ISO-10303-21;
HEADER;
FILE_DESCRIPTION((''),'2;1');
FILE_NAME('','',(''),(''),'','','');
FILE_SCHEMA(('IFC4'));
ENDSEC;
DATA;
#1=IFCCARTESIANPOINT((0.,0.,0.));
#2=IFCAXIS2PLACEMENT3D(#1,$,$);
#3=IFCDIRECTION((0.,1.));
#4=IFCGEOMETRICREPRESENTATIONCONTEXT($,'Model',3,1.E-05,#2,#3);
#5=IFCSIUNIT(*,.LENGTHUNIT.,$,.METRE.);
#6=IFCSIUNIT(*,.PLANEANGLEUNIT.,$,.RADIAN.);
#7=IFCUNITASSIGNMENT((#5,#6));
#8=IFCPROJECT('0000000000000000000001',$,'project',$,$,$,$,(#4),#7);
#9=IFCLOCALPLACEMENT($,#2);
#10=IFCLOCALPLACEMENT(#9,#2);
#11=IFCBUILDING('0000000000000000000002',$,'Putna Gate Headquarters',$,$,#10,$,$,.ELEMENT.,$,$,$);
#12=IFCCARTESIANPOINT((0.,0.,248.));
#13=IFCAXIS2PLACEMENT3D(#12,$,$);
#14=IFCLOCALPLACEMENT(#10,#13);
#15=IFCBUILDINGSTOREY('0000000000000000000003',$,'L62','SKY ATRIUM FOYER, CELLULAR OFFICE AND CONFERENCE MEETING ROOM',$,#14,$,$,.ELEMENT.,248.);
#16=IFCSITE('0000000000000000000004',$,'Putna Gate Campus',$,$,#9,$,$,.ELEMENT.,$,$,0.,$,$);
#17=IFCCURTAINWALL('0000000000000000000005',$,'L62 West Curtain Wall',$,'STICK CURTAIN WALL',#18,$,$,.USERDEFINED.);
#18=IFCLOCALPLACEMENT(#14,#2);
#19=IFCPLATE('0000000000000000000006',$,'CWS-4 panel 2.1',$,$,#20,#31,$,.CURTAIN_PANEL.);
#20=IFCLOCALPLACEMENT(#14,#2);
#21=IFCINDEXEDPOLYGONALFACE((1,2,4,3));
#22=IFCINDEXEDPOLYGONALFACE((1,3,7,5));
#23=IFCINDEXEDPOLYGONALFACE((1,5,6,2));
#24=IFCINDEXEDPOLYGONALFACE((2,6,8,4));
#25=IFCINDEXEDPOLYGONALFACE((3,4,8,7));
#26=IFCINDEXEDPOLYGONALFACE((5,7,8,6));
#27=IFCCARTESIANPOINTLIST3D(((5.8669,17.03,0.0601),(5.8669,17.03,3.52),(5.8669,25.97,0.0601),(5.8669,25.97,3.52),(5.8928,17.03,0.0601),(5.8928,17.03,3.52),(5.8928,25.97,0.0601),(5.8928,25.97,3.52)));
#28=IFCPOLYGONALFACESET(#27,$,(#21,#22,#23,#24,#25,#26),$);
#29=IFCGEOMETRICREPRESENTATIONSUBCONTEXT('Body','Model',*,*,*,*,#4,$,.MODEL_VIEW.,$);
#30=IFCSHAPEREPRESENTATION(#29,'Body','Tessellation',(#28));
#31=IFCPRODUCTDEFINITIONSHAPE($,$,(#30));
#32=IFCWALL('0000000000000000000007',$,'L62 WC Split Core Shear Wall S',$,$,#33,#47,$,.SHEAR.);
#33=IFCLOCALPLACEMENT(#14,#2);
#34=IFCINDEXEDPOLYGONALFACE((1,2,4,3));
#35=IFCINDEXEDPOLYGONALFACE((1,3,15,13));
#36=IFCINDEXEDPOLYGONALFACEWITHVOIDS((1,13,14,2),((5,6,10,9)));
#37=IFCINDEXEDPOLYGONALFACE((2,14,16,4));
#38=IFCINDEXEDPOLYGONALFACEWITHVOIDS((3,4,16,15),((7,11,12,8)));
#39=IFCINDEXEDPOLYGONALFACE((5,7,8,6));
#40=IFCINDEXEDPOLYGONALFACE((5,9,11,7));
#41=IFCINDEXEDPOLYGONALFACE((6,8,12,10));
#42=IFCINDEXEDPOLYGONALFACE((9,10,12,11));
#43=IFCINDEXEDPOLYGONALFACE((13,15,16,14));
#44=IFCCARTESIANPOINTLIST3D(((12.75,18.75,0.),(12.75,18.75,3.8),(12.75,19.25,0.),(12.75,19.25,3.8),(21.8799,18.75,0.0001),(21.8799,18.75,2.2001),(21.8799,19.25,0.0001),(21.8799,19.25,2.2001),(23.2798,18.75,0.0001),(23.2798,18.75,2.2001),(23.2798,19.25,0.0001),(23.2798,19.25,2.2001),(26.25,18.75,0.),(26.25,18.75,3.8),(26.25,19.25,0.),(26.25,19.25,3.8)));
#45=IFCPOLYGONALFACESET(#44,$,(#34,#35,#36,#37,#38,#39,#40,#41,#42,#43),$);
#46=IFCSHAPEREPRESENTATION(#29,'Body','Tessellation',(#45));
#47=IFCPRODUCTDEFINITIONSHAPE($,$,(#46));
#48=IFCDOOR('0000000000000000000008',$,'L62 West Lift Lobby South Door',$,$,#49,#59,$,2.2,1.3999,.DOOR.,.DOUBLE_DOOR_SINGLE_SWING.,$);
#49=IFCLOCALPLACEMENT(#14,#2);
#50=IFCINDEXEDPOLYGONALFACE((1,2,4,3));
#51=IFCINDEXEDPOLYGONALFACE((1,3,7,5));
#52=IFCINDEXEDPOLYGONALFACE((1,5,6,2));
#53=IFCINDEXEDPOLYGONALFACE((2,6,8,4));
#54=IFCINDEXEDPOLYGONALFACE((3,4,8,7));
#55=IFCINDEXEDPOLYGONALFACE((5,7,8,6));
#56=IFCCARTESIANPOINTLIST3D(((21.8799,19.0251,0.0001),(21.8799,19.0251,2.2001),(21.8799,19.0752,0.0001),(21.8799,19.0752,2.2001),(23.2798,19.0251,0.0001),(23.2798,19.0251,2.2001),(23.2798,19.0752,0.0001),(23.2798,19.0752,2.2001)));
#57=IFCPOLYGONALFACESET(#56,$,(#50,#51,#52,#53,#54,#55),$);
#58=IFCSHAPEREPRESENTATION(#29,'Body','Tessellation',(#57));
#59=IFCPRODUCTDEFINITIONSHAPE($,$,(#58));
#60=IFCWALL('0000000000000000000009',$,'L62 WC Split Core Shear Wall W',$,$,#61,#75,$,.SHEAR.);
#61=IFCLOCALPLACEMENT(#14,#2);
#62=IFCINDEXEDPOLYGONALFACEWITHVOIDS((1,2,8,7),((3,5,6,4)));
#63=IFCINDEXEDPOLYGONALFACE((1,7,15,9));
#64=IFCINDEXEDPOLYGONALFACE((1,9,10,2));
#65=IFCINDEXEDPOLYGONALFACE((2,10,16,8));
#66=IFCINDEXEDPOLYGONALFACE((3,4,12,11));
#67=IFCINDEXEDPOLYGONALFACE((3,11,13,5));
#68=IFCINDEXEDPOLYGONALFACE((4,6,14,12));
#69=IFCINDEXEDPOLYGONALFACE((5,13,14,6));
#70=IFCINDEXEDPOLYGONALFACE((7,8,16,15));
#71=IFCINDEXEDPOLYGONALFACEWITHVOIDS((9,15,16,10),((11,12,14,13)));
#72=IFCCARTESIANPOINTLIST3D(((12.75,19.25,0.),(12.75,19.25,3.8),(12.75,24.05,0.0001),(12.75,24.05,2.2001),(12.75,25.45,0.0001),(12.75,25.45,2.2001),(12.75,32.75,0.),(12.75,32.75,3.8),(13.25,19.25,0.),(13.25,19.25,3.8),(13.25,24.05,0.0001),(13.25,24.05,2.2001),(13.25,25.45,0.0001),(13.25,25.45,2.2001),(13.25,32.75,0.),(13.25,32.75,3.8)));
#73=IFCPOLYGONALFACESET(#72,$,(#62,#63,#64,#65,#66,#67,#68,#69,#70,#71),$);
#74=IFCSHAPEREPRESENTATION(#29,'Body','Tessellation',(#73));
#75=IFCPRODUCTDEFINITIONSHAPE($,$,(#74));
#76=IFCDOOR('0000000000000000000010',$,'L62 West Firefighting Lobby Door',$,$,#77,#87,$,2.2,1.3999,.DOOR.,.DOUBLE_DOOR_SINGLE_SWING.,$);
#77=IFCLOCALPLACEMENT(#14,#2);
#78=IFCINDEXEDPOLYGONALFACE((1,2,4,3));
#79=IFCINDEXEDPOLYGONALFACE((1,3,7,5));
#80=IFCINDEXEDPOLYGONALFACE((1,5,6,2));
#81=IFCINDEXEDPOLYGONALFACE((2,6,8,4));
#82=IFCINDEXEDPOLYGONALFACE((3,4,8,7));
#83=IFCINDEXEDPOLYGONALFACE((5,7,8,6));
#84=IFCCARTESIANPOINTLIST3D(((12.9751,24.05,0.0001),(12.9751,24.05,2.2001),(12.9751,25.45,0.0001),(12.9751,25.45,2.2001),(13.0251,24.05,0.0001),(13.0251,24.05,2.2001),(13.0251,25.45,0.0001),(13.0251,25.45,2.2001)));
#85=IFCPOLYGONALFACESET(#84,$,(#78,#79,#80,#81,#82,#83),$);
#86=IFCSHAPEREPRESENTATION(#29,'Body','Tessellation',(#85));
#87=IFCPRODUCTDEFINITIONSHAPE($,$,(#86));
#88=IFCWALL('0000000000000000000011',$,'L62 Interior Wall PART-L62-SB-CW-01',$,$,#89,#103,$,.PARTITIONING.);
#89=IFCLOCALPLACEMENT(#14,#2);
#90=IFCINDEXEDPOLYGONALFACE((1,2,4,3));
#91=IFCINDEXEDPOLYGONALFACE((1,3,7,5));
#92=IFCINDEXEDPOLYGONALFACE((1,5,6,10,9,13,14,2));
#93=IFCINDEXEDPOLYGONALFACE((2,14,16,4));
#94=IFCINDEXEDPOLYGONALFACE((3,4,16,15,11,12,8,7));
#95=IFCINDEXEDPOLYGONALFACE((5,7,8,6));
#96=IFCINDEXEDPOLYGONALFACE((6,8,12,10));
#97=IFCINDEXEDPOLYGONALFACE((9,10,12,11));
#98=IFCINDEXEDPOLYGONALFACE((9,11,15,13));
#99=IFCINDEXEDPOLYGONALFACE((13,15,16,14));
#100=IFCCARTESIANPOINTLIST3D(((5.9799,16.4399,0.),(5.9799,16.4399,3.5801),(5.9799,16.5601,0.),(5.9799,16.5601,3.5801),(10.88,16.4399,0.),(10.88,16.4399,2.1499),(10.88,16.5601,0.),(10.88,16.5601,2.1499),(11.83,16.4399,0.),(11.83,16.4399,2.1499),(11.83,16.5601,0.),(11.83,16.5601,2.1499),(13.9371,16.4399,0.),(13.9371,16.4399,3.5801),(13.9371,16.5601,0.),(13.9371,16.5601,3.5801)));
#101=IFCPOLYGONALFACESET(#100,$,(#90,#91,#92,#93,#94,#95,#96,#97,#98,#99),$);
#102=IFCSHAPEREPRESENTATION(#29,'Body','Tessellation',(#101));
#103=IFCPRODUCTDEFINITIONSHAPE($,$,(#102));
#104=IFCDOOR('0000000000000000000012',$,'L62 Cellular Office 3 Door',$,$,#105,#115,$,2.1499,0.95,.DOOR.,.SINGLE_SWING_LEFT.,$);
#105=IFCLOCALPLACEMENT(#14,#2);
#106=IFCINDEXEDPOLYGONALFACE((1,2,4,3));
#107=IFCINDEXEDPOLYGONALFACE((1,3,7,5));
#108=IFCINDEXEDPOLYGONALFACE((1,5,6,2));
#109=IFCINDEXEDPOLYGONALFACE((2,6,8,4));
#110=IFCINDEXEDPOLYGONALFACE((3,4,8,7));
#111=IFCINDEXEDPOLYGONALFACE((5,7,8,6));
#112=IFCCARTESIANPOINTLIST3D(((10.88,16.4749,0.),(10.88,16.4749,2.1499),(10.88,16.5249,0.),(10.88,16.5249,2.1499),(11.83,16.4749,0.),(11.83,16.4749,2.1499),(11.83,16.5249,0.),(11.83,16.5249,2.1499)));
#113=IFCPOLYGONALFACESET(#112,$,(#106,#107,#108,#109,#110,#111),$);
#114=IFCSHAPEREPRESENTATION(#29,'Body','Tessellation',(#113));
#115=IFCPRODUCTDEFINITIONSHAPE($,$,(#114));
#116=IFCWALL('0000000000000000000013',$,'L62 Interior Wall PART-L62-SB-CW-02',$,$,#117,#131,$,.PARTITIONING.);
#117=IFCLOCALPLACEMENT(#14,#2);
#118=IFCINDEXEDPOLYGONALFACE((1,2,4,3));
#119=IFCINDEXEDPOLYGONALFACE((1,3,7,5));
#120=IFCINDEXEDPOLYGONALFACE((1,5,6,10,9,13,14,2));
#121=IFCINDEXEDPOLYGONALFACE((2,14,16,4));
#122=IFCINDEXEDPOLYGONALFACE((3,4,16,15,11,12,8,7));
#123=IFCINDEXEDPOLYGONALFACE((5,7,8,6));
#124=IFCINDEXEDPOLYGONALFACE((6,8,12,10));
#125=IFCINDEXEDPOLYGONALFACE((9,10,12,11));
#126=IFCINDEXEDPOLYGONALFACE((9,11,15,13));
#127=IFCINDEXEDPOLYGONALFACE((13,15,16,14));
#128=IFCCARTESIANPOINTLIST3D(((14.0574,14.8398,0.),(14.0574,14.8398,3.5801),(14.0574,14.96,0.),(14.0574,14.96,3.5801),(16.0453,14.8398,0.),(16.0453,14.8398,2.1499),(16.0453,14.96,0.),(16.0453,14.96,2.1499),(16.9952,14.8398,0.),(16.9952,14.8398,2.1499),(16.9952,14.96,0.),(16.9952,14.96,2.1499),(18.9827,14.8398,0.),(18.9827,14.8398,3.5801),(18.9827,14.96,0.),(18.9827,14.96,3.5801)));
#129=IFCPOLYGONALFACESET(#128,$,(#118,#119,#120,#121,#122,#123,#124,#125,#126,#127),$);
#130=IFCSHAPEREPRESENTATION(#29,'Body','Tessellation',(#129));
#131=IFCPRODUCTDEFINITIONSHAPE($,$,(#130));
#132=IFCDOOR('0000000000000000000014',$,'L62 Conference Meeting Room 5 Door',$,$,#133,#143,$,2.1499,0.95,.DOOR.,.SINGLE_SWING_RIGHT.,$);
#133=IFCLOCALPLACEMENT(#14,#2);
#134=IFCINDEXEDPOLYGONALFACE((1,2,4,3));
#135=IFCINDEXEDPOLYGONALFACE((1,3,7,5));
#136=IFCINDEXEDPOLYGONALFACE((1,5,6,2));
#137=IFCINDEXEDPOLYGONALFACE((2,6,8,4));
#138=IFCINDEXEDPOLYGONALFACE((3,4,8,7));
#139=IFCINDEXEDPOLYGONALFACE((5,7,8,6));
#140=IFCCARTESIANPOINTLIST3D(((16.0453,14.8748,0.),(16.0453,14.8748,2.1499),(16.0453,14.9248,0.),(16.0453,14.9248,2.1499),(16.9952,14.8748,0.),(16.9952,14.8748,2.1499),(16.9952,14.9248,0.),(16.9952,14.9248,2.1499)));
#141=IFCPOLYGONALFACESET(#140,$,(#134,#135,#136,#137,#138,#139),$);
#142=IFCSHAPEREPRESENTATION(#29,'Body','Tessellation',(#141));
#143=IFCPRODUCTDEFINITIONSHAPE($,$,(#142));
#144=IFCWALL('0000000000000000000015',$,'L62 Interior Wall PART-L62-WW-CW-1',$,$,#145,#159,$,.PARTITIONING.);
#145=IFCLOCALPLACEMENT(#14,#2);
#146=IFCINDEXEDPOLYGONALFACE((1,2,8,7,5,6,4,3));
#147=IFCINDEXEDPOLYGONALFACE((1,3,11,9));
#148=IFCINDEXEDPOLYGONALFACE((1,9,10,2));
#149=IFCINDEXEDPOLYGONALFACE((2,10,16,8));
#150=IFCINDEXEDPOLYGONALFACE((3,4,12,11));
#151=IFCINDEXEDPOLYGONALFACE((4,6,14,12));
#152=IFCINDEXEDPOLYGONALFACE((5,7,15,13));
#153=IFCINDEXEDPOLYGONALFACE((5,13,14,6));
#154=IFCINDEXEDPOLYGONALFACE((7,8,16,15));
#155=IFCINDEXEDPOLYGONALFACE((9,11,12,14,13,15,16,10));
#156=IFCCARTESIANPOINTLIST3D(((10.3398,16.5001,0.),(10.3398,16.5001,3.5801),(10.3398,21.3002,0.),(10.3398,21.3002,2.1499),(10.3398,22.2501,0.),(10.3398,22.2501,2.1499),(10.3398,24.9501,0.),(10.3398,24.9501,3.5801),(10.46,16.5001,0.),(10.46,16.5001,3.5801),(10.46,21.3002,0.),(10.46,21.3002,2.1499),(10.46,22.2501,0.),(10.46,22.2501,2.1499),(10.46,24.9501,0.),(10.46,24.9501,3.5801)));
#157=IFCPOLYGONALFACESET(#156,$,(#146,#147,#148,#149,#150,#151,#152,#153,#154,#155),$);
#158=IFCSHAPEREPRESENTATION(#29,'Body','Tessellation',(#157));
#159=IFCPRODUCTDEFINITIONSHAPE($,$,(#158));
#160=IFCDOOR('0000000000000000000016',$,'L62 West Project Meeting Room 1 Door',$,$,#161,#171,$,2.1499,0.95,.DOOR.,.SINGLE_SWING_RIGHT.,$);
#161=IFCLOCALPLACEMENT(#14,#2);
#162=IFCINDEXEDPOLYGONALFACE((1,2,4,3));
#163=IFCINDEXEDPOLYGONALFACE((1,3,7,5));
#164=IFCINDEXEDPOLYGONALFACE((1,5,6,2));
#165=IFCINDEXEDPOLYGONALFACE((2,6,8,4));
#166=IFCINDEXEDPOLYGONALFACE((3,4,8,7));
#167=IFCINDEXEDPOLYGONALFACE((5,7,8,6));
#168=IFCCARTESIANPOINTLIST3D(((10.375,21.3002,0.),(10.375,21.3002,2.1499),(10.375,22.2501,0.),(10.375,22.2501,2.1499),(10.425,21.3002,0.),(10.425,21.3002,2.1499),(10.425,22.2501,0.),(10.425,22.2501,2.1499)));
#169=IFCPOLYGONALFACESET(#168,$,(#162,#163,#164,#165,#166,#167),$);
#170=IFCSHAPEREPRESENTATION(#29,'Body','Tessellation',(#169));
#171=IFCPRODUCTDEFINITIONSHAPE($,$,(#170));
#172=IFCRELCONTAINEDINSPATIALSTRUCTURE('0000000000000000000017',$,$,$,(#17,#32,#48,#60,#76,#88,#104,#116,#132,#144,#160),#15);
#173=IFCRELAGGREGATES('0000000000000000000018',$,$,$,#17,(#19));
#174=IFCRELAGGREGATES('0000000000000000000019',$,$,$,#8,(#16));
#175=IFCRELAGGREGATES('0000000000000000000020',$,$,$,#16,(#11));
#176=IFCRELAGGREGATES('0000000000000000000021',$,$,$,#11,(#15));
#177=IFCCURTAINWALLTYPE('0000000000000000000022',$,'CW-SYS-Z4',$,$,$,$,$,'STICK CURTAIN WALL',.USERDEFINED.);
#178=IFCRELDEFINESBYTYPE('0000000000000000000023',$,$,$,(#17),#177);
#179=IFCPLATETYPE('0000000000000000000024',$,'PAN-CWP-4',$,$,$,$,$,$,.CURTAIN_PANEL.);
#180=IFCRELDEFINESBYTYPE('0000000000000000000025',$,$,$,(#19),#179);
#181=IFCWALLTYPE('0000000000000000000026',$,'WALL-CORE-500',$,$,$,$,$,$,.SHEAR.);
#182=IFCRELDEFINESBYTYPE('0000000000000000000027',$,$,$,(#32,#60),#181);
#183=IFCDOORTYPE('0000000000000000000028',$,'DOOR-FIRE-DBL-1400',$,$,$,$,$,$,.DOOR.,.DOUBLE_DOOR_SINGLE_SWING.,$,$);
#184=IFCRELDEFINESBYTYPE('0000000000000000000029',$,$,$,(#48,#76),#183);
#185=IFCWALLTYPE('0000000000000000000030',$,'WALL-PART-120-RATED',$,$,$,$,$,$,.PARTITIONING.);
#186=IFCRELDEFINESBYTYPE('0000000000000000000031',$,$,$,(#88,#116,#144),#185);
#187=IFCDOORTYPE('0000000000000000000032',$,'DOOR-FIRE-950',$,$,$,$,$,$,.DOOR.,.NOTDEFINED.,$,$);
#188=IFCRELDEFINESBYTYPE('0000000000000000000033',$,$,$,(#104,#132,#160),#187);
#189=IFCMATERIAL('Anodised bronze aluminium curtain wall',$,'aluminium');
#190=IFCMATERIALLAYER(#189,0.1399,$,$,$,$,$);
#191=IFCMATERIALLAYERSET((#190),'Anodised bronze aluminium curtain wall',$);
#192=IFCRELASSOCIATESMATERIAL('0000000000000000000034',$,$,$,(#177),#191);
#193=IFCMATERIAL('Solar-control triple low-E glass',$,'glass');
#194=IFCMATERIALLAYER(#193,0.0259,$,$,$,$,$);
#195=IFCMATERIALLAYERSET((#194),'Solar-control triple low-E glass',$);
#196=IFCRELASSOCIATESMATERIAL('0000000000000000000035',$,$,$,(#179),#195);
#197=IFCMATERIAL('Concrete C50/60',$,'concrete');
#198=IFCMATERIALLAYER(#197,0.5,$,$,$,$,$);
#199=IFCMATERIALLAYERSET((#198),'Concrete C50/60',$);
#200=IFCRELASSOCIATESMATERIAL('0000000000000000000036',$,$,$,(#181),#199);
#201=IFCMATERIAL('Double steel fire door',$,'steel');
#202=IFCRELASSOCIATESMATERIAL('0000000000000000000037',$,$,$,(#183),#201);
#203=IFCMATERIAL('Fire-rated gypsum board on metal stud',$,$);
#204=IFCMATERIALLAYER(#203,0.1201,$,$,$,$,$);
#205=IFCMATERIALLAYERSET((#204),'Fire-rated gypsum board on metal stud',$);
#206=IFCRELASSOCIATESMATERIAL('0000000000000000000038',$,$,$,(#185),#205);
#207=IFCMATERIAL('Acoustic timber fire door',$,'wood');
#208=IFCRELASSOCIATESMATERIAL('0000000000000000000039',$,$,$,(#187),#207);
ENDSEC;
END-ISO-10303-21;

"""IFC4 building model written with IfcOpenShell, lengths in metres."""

from ifc_helpers import new_model, si_unit, direction, frame, frame_2d, origin, origin_2d, place, context, subcontext, project, spatial, rectangle, extrude, material, layer, layer_set, type_object, element, fill, aggregate, save


model = new_model("IFC4")

# Units and contexts
model_context = context("Model", 3, precision=1e-05, world=origin(), true_north=direction((0.0, 1.0)))
body_context = subcontext(model_context, "Body", "Model", "MODEL_VIEW")
ifc_project = project(units=[si_unit("LENGTHUNIT", "METRE"), si_unit("PLANEANGLEUNIT", "RADIAN")], contexts=[model_context])

# Site, building, storey
site_placement = place(None, origin())
site = spatial("IfcSite", under=ifc_project, at=site_placement, Name="Putna Gate Campus", CompositionType="ELEMENT", RefElevation=0.0)
building_placement = place(site_placement, origin())
building = spatial("IfcBuilding", under=site, at=building_placement, Name="Putna Gate Headquarters", CompositionType="ELEMENT")
storey_placement = place(building_placement, frame((0.0, 0.0, 248.0)))
storey = spatial("IfcBuildingStorey", under=building, at=storey_placement, Name="L62", Description="SKY ATRIUM FOYER, CELLULAR OFFICE AND CONFERENCE MEETING ROOM", CompositionType="ELEMENT", Elevation=248.0)

# Curtain wall, plate
ifc_material_1 = material(Name="Anodised bronze aluminium curtain wall", Category="aluminium")
ifc_layer_1 = layer(ifc_material_1, 0.1399)
ifc_layer_set_1 = layer_set([ifc_layer_1], Name="Anodised bronze aluminium curtain wall")
curtain_wall_type = type_object("IfcCurtainWallType", Name="CW-SYS-Z4", ElementType="STICK CURTAIN WALL", PredefinedType="USERDEFINED", material=ifc_layer_set_1)
curtain_wall_placement = place(storey_placement, origin())
curtain_wall = element("IfcCurtainWall", 1, at=curtain_wall_placement, inside=storey, type_object=curtain_wall_type, Name="L62 West Curtain Wall", ObjectType="STICK CURTAIN WALL", PredefinedType="USERDEFINED")
ifc_material_2 = material(Name="Solar-control triple low-E glass", Category="glass")
ifc_layer_2 = layer(ifc_material_2, 0.0259)
ifc_layer_set_2 = layer_set([ifc_layer_2], Name="Solar-control triple low-E glass")
plate_type = type_object("IfcPlateType", Name="PAN-CWP-4", PredefinedType="CURTAIN_PANEL", material=ifc_layer_set_2)
plate_placement = place(storey_placement, frame((5.8799, 21.5, 0.0601), z_axis=(0.0, 0.0, 1.0), x_axis=(0.0, 1.0, 0.0)))
plate = element("IfcPlate", 2, at=plate_placement, type_object=plate_type, Name="CWS-4 panel 2.1", PredefinedType="CURTAIN_PANEL", context=body_context, shape_type="SweptSolid", body=[
    extrude(rectangle(XDim=8.9399, YDim=0.0259, at=origin_2d()), origin(), (0.0, 0.0, 1.0), 3.46),
])
aggregate(curtain_wall, [plate])

# Walls, openings, doors
ifc_material_3 = material(Name="Concrete C50/60", Category="concrete")
ifc_layer_3 = layer(ifc_material_3, 0.5)
ifc_layer_set_3 = layer_set([ifc_layer_3], Name="Concrete C50/60")
wall_type_1 = type_object("IfcWallType", Name="WALL-CORE-500", PredefinedType="SHEAR", material=ifc_layer_set_3)
wall_1_placement = place(storey_placement, frame((12.75, 19.0, 0.0), z_axis=(0.0, 0.0, 1.0), x_axis=(1.0, 0.0, 0.0)))
wall_1 = element("IfcWall", 3, at=wall_1_placement, inside=storey, type_object=wall_type_1, Name="L62 WC Split Core Shear Wall S", PredefinedType="SHEAR", context=body_context, shape_type="SweptSolid", body=[
    extrude(rectangle(XDim=13.5, YDim=0.5, at=frame_2d((6.75, 0.0))), origin(), (0.0, 0.0, 1.0), 3.8),
])
opening_1_placement = place(wall_1_placement, frame((9.1299, 0.0, 0.0)))
opening_1 = element("IfcOpeningElement", 4, at=opening_1_placement, cuts=wall_1, PredefinedType="OPENING", context=body_context, shape_type="SweptSolid", body=[
    extrude(rectangle(XDim=1.3999, YDim=2.2, at=frame_2d((0.7, 1.1001))), frame((0.0, 0.26, 0.0), z_axis=(0.0, -1.0, 0.0), x_axis=(1.0, 0.0, 0.0)), (0.0, 0.0, 1.0), 0.52),
])
ifc_material_4 = material(Name="Double steel fire door", Category="steel")
door_type_1 = type_object("IfcDoorType", Name="DOOR-FIRE-DBL-1400", OperationType="DOUBLE_DOOR_SINGLE_SWING", PredefinedType="DOOR", material=ifc_material_4)
door_1_placement = place(opening_1_placement, origin())
door_1 = element("IfcDoor", 5, at=door_1_placement, inside=storey, type_object=door_type_1, Name="L62 West Lift Lobby South Door", OperationType="DOUBLE_DOOR_SINGLE_SWING", OverallHeight=2.2, OverallWidth=1.3999, PredefinedType="DOOR", context=body_context, shape_type="SweptSolid", body=[
    extrude(rectangle(XDim=1.3999, YDim=2.2, at=frame_2d((0.7, 1.1001))), frame((0.0, 0.0752, 0.0), z_axis=(0.0, -1.0, 0.0), x_axis=(1.0, 0.0, 0.0)), (0.0, 0.0, 1.0), 0.05),
])
fill(opening_1, door_1)
wall_2_placement = place(storey_placement, frame((13.0, 19.25, 0.0), z_axis=(0.0, 0.0, 1.0), x_axis=(0.0, 1.0, 0.0)))
wall_2 = element("IfcWall", 6, at=wall_2_placement, inside=storey, type_object=wall_type_1, Name="L62 WC Split Core Shear Wall W", PredefinedType="SHEAR", context=body_context, shape_type="SweptSolid", body=[
    extrude(rectangle(XDim=13.5, YDim=0.5, at=frame_2d((6.75, 0.0))), origin(), (0.0, 0.0, 1.0), 3.8),
])
opening_2_placement = place(wall_2_placement, frame((4.8, 0.0, 0.0)))
opening_2 = element("IfcOpeningElement", 7, at=opening_2_placement, cuts=wall_2, PredefinedType="OPENING", context=body_context, shape_type="SweptSolid", body=[
    extrude(rectangle(XDim=1.3999, YDim=2.2, at=frame_2d((0.7, 1.1001))), frame((0.0, 0.26, 0.0), z_axis=(0.0, -1.0, 0.0), x_axis=(1.0, 0.0, 0.0)), (0.0, 0.0, 1.0), 0.52),
])
door_2_placement = place(opening_2_placement, origin())
door_2 = element("IfcDoor", 8, at=door_2_placement, inside=storey, type_object=door_type_1, Name="L62 West Firefighting Lobby Door", OperationType="DOUBLE_DOOR_SINGLE_SWING", OverallHeight=2.2, OverallWidth=1.3999, PredefinedType="DOOR", context=body_context, shape_type="SweptSolid", body=[
    extrude(rectangle(XDim=1.3999, YDim=2.2, at=frame_2d((0.7, 1.1001))), frame((0.0, 0.0249, 0.0), z_axis=(0.0, -1.0, 0.0), x_axis=(1.0, 0.0, 0.0)), (0.0, 0.0, 1.0), 0.05),
])
fill(opening_2, door_2)
ifc_material_5 = material(Name="Fire-rated gypsum board on metal stud")
ifc_layer_4 = layer(ifc_material_5, 0.1201)
ifc_layer_set_4 = layer_set([ifc_layer_4], Name="Fire-rated gypsum board on metal stud")
wall_type_2 = type_object("IfcWallType", Name="WALL-PART-120-RATED", PredefinedType="PARTITIONING", material=ifc_layer_set_4)
wall_3_placement = place(storey_placement, frame((5.98, 16.5, 0.0), z_axis=(0.0, 0.0, 1.0), x_axis=(1.0, 0.0, 0.0)))
wall_3 = element("IfcWall", 9, at=wall_3_placement, inside=storey, type_object=wall_type_2, Name="L62 Interior Wall PART-L62-SB-CW-01", PredefinedType="PARTITIONING", context=body_context, shape_type="SweptSolid", body=[
    extrude(rectangle(XDim=7.9573, YDim=0.1201, at=frame_2d((3.9785, 0.0))), origin(), (0.0, 0.0, 1.0), 3.5801),
])
opening_3_placement = place(wall_3_placement, frame((4.8999, 0.0, 0.0)))
opening_3 = element("IfcOpeningElement", 10, at=opening_3_placement, cuts=wall_3, PredefinedType="OPENING", context=body_context, shape_type="SweptSolid", body=[
    extrude(rectangle(XDim=0.95, YDim=2.1499, at=frame_2d((0.4751, 1.075))), frame((0.0, 0.0701, 0.0), z_axis=(0.0, -1.0, 0.0), x_axis=(1.0, 0.0, 0.0)), (0.0, 0.0, 1.0), 0.1401),
])
ifc_material_6 = material(Name="Acoustic timber fire door", Category="wood")
door_type_2 = type_object("IfcDoorType", Name="DOOR-FIRE-950", OperationType="NOTDEFINED", PredefinedType="DOOR", material=ifc_material_6)
door_3_placement = place(opening_3_placement, origin())
door_3 = element("IfcDoor", 11, at=door_3_placement, inside=storey, type_object=door_type_2, Name="L62 Cellular Office 3 Door", OperationType="SINGLE_SWING_LEFT", OverallHeight=2.1499, OverallWidth=0.95, PredefinedType="DOOR", context=body_context, shape_type="SweptSolid", body=[
    extrude(rectangle(XDim=0.95, YDim=2.1499, at=frame_2d((0.4751, 1.075))), frame((0.0, 0.0249, 0.0), z_axis=(0.0, -1.0, 0.0), x_axis=(1.0, 0.0, 0.0)), (0.0, 0.0, 1.0), 0.05),
])
fill(opening_3, door_3)
wall_4_placement = place(storey_placement, frame((14.0574, 14.8999, 0.0), z_axis=(0.0, 0.0, 1.0), x_axis=(1.0, 0.0, 0.0)))
wall_4 = element("IfcWall", 12, at=wall_4_placement, inside=storey, type_object=wall_type_2, Name="L62 Interior Wall PART-L62-SB-CW-02", PredefinedType="PARTITIONING", context=body_context, shape_type="SweptSolid", body=[
    extrude(rectangle(XDim=4.9253, YDim=0.1201, at=frame_2d((2.4626, 0.0))), origin(), (0.0, 0.0, 1.0), 3.5801),
])
opening_4_placement = place(wall_4_placement, frame((1.9878, 0.0, 0.0)))
opening_4 = element("IfcOpeningElement", 13, at=opening_4_placement, cuts=wall_4, PredefinedType="OPENING", context=body_context, shape_type="SweptSolid", body=[
    extrude(rectangle(XDim=0.95, YDim=2.1499, at=frame_2d((0.4751, 1.075))), frame((0.0, 0.0701, 0.0), z_axis=(0.0, -1.0, 0.0), x_axis=(1.0, 0.0, 0.0)), (0.0, 0.0, 1.0), 0.1401),
])
door_4_placement = place(opening_4_placement, origin())
door_4 = element("IfcDoor", 14, at=door_4_placement, inside=storey, type_object=door_type_2, Name="L62 Conference Meeting Room 5 Door", OperationType="SINGLE_SWING_RIGHT", OverallHeight=2.1499, OverallWidth=0.95, PredefinedType="DOOR", context=body_context, shape_type="SweptSolid", body=[
    extrude(rectangle(XDim=0.95, YDim=2.1499, at=frame_2d((0.4751, 1.075))), frame((0.0, 0.0249, 0.0), z_axis=(0.0, -1.0, 0.0), x_axis=(1.0, 0.0, 0.0)), (0.0, 0.0, 1.0), 0.05),
])
fill(opening_4, door_4)
wall_5_placement = place(storey_placement, frame((10.3999, 16.5, 0.0), z_axis=(0.0, 0.0, 1.0), x_axis=(0.0, 1.0, 0.0)))
wall_5 = element("IfcWall", 15, at=wall_5_placement, inside=storey, type_object=wall_type_2, Name="L62 Interior Wall PART-L62-WW-CW-1", PredefinedType="PARTITIONING", context=body_context, shape_type="SweptSolid", body=[
    extrude(rectangle(XDim=8.45, YDim=0.1201, at=frame_2d((4.2251, 0.0))), origin(), (0.0, 0.0, 1.0), 3.5801),
])
opening_5_placement = place(wall_5_placement, frame((4.8, 0.0, 0.0)))
opening_5 = element("IfcOpeningElement", 16, at=opening_5_placement, cuts=wall_5, PredefinedType="OPENING", context=body_context, shape_type="SweptSolid", body=[
    extrude(rectangle(XDim=0.95, YDim=2.1499, at=frame_2d((0.4751, 1.075))), frame((0.0, 0.0701, 0.0), z_axis=(0.0, -1.0, 0.0), x_axis=(1.0, 0.0, 0.0)), (0.0, 0.0, 1.0), 0.1401),
])
door_5_placement = place(opening_5_placement, origin())
door_5 = element("IfcDoor", 17, at=door_5_placement, inside=storey, type_object=door_type_2, Name="L62 West Project Meeting Room 1 Door", OperationType="SINGLE_SWING_RIGHT", OverallHeight=2.1499, OverallWidth=0.95, PredefinedType="DOOR", context=body_context, shape_type="SweptSolid", body=[
    extrude(rectangle(XDim=0.95, YDim=2.1499, at=frame_2d((0.4751, 1.075))), frame((0.0, 0.0249, 0.0), z_axis=(0.0, -1.0, 0.0), x_axis=(1.0, 0.0, 0.0)), (0.0, 0.0, 1.0), 0.05),
])
fill(opening_5, door_5)

save(model, "model.ifc")
